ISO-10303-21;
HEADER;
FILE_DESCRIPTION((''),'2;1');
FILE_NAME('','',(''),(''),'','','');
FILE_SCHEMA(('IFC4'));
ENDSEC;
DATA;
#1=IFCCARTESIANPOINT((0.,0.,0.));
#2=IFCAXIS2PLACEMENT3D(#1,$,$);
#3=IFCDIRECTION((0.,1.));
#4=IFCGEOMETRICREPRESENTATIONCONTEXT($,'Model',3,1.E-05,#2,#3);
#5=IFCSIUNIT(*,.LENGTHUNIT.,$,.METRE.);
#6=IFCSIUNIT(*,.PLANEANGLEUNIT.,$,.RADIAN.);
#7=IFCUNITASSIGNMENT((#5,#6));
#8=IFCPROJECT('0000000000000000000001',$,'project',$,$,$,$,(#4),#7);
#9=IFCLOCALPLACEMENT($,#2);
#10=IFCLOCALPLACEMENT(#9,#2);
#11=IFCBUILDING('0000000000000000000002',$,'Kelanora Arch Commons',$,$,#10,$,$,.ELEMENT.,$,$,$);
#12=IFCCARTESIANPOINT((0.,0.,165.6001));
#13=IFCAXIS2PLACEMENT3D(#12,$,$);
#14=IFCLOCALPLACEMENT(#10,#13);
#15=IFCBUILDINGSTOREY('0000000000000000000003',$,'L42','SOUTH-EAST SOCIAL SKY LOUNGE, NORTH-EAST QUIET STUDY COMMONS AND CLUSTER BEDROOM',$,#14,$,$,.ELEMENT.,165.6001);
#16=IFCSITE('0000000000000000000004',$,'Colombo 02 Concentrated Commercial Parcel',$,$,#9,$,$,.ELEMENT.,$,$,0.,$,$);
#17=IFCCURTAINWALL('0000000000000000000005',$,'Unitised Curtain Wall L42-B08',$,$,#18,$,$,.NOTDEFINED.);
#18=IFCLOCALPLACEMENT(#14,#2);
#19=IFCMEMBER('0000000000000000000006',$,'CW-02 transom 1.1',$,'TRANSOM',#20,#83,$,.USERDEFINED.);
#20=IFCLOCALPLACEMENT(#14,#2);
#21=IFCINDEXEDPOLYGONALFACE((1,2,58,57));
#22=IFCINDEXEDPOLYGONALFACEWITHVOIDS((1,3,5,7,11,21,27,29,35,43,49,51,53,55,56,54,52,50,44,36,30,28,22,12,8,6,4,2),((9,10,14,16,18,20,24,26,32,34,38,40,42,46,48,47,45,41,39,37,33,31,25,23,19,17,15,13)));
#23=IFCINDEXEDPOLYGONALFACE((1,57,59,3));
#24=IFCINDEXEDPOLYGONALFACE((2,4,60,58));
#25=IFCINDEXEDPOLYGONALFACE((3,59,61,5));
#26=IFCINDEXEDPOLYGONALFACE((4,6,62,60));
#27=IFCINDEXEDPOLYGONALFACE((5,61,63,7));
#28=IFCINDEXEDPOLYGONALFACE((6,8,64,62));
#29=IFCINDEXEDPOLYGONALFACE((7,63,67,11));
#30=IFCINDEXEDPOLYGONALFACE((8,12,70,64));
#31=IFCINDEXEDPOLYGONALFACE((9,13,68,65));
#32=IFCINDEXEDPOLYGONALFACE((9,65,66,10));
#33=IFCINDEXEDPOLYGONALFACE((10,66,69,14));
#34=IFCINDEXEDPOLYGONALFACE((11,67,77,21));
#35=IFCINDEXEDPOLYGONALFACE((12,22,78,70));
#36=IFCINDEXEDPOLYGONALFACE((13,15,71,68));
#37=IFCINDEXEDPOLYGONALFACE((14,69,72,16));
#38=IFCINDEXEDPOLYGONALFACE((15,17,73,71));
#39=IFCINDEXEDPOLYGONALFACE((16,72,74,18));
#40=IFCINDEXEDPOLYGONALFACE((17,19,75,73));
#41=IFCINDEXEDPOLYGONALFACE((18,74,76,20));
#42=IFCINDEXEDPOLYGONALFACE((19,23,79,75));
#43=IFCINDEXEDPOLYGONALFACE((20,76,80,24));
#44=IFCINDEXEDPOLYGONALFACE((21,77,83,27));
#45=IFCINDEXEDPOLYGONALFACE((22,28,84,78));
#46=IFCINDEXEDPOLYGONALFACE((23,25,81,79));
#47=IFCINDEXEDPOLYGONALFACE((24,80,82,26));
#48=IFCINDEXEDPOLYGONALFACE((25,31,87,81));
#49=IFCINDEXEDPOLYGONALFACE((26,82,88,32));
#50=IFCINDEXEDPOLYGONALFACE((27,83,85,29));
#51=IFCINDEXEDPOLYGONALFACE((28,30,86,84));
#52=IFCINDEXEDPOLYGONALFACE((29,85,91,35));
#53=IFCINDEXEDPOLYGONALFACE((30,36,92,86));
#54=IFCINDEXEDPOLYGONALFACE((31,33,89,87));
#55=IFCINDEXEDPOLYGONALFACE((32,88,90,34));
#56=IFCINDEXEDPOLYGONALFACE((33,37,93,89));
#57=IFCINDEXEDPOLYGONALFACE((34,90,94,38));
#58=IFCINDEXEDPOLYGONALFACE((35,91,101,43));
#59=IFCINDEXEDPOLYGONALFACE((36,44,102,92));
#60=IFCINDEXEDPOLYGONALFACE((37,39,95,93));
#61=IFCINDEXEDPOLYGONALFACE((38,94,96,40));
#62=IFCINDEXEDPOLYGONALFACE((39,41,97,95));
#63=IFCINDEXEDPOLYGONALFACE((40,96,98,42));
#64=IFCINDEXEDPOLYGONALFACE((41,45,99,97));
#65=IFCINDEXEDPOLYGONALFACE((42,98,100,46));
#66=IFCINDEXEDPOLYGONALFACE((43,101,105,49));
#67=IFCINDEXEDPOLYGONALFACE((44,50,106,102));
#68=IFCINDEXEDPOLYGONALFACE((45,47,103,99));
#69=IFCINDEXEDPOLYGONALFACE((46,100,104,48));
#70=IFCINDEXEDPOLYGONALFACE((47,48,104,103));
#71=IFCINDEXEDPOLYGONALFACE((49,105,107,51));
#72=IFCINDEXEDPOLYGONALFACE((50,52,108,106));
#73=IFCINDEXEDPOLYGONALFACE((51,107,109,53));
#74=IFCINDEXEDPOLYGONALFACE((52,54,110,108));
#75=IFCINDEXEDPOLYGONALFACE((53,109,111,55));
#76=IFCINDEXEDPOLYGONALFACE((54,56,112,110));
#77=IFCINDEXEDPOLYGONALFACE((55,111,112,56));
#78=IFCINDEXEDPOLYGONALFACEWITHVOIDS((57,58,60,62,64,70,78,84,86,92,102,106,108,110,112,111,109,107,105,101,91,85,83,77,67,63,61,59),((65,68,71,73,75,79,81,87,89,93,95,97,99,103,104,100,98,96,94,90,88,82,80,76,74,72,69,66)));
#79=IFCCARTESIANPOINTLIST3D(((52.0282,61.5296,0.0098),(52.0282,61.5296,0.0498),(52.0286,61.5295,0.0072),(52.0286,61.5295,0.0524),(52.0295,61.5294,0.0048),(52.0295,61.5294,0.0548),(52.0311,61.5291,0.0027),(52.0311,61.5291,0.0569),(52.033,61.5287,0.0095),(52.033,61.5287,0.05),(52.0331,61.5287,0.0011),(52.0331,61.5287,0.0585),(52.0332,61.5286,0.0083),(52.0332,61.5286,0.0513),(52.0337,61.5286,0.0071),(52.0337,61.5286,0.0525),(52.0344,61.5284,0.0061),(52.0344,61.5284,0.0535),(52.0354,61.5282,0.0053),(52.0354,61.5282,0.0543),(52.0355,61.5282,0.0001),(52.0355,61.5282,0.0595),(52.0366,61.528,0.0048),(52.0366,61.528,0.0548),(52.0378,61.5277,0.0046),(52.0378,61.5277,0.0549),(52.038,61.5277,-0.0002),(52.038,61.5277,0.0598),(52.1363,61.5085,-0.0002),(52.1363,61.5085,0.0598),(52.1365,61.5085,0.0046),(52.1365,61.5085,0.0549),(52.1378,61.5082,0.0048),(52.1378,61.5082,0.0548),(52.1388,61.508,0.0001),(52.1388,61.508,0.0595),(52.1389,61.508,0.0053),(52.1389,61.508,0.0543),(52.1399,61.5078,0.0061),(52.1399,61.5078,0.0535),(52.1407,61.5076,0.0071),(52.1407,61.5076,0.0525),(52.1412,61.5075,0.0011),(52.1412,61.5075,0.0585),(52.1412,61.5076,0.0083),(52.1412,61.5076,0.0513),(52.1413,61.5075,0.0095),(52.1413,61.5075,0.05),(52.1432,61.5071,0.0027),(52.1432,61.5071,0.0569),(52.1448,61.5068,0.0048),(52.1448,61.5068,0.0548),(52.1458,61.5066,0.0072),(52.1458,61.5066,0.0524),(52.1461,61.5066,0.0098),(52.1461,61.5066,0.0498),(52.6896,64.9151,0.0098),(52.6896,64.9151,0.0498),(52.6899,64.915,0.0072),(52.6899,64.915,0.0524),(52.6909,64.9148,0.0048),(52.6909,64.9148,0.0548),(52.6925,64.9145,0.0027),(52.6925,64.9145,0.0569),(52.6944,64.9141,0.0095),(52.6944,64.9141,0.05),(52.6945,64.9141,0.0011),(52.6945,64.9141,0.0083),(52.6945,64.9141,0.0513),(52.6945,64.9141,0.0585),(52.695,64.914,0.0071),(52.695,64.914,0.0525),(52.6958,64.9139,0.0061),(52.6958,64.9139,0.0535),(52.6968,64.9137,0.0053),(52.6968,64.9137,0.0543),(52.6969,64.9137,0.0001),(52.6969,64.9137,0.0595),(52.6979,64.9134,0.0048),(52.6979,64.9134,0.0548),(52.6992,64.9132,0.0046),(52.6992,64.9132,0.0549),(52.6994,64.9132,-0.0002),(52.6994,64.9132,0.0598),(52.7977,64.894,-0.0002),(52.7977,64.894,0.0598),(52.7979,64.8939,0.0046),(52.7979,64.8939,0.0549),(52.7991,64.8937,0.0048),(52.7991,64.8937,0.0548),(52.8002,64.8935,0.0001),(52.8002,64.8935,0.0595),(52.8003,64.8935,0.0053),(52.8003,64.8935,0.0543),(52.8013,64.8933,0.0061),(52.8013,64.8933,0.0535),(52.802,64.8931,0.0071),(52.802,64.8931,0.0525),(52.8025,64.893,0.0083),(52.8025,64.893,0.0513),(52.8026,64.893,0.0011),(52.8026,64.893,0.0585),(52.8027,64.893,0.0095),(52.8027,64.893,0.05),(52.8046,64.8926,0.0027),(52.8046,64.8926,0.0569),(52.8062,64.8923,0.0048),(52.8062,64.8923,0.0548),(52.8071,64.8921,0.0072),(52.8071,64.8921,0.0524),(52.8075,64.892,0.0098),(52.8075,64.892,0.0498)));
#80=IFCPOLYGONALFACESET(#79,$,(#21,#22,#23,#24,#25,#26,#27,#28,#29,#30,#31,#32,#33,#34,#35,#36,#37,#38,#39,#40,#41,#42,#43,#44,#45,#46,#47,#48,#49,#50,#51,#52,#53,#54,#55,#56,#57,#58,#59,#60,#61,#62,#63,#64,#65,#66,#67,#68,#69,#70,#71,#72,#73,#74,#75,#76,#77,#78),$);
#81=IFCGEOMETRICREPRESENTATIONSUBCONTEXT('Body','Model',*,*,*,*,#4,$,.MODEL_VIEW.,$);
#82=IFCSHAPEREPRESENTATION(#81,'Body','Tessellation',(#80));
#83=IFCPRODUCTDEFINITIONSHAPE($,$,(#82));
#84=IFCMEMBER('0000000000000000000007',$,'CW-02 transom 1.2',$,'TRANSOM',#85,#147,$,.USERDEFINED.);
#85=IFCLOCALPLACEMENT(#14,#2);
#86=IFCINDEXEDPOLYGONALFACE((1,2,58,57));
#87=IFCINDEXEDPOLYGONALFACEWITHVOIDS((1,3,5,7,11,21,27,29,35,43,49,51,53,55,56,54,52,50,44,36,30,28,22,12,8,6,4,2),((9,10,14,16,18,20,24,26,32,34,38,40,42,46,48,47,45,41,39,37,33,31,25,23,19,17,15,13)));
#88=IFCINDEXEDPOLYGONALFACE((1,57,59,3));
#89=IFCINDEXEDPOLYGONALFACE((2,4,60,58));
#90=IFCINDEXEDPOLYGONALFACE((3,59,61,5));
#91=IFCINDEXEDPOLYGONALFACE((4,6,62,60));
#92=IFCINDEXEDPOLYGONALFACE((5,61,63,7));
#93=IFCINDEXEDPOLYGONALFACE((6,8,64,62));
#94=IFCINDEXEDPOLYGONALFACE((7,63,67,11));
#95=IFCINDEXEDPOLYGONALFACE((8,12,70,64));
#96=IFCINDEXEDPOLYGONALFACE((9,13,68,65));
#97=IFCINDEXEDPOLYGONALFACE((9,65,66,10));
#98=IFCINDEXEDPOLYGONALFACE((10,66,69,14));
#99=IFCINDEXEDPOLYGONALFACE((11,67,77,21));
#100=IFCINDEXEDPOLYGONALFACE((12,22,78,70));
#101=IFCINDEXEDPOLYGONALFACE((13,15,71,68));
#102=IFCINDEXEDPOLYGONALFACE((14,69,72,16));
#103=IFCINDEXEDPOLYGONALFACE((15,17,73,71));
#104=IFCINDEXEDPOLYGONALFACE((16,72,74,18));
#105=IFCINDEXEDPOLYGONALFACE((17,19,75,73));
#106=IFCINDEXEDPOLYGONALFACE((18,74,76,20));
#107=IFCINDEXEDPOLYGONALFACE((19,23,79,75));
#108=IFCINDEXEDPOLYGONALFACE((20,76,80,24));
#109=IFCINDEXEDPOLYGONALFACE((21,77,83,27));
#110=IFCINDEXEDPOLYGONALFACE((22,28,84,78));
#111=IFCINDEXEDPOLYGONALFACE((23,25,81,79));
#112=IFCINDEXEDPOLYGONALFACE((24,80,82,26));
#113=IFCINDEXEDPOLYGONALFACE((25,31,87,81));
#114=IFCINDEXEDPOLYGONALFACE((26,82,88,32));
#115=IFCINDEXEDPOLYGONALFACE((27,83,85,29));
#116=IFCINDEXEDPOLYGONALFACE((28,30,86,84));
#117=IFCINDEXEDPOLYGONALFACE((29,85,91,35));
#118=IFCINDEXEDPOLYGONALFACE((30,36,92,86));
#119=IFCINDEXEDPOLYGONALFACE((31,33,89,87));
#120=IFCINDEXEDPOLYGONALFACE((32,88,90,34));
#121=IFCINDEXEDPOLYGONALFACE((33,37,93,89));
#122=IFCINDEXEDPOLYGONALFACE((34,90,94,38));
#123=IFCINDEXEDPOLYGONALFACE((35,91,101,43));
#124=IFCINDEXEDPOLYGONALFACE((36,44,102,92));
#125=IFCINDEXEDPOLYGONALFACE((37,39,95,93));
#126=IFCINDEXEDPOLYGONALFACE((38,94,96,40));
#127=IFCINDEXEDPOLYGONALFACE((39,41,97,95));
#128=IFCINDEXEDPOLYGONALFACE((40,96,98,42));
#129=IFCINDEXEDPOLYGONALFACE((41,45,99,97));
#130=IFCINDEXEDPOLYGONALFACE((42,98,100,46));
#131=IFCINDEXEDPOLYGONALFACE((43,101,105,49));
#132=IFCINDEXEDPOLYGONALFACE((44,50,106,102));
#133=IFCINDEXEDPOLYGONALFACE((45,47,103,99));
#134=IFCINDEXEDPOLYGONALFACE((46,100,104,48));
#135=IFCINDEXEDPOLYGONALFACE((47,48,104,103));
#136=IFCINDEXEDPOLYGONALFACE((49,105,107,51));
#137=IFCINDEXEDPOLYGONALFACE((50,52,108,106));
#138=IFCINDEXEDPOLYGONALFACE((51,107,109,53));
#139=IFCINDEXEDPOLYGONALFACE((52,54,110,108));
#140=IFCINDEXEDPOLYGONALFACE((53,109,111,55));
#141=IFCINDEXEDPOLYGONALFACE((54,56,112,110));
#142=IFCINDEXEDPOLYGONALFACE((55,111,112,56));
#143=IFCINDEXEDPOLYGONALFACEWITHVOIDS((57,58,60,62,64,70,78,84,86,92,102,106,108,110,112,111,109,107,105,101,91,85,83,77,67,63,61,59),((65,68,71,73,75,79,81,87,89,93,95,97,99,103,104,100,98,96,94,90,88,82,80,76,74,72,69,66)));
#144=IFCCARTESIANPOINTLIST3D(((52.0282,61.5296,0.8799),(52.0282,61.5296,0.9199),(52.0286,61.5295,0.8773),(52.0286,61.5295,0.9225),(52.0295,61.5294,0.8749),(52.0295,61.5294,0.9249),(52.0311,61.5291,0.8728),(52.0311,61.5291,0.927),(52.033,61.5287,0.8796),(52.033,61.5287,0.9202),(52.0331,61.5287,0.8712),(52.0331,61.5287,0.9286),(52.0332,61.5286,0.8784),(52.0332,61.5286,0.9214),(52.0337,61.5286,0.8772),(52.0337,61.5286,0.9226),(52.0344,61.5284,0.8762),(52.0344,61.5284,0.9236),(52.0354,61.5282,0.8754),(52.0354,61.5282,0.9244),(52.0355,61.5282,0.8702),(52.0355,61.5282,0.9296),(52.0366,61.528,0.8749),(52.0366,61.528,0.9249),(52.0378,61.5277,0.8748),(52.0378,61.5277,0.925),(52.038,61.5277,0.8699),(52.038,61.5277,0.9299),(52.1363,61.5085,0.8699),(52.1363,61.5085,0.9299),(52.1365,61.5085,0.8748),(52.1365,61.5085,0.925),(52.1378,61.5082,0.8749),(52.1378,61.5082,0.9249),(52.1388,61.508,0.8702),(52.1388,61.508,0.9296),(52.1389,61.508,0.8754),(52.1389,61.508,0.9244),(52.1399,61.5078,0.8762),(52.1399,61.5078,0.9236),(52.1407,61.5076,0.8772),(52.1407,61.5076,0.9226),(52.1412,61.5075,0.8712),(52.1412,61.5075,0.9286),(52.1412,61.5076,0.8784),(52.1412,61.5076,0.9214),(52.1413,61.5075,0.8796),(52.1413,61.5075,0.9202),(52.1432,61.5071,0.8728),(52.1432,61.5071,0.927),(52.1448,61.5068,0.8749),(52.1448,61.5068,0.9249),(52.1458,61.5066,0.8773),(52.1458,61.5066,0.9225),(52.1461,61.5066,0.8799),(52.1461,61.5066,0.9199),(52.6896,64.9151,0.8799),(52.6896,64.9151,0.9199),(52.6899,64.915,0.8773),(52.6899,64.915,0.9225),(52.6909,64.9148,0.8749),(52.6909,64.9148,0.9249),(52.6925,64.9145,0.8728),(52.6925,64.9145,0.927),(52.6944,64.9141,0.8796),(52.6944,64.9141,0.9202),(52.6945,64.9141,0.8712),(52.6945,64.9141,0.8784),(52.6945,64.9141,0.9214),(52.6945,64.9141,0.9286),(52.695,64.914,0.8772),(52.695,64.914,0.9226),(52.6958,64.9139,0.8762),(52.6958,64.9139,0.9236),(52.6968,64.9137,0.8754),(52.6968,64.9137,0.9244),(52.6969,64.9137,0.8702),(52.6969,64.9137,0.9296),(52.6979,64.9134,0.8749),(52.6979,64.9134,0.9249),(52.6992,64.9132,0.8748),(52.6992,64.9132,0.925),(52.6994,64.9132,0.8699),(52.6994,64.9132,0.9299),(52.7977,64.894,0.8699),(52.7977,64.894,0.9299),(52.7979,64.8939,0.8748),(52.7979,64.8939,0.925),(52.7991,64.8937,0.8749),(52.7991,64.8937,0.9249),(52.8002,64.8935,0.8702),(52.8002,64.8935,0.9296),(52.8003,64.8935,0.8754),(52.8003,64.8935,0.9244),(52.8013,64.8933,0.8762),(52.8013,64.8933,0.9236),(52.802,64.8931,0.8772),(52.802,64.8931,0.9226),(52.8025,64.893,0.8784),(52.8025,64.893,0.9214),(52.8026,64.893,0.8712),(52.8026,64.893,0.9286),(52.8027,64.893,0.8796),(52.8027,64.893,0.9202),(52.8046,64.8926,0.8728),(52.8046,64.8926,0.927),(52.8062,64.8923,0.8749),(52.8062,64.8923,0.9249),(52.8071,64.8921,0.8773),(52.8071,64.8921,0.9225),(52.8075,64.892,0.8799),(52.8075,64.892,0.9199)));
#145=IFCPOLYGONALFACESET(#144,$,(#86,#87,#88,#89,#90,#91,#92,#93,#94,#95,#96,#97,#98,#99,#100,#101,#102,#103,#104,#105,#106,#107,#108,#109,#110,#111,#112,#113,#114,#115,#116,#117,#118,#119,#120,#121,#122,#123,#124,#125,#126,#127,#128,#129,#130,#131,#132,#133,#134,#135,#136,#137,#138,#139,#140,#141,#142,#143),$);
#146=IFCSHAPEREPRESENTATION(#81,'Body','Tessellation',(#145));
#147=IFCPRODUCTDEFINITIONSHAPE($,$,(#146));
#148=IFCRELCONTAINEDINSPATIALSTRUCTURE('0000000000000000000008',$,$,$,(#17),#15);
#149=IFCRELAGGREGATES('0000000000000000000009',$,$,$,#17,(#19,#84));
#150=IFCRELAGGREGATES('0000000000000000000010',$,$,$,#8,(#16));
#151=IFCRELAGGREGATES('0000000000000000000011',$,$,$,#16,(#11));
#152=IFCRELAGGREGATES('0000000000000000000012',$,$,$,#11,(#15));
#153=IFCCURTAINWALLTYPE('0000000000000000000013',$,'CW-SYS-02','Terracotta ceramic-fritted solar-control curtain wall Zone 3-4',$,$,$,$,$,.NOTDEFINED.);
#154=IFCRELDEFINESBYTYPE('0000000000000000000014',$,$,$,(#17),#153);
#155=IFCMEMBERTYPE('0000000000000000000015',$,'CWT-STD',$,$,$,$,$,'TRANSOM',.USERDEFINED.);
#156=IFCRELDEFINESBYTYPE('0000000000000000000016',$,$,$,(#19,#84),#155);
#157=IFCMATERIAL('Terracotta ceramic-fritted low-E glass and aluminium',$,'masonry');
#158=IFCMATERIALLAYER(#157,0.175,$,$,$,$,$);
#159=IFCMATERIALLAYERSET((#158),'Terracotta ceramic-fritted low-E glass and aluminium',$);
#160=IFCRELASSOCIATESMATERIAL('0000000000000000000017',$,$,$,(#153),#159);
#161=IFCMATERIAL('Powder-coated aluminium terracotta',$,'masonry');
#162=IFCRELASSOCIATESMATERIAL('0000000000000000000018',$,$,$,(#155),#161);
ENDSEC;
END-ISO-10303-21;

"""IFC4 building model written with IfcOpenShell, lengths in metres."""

from ifc_helpers import new_model, si_unit, direction, frame, origin, origin_2d, place, context, subcontext, project, spatial, hollow_rectangle, extrude, material, layer, layer_set, material_profile, profile_set, type_object, element, aggregate, save


model = new_model("IFC4")

# Units and contexts
model_context = context("Model", 3, precision=1e-05, world=origin(), true_north=direction((0.0, 1.0)))
body_context = subcontext(model_context, "Body", "Model", "MODEL_VIEW")
ifc_project = project(units=[si_unit("LENGTHUNIT", "METRE"), si_unit("PLANEANGLEUNIT", "RADIAN")], contexts=[model_context])

# Site, building, storey
site_placement = place(None, origin())
site = spatial("IfcSite", under=ifc_project, at=site_placement, Name="Colombo 02 Concentrated Commercial Parcel", CompositionType="ELEMENT", RefElevation=0.0)
building_placement = place(site_placement, origin())
building = spatial("IfcBuilding", under=site, at=building_placement, Name="Kelanora Arch Commons", CompositionType="ELEMENT")
storey_placement = place(building_placement, frame((0.0, 0.0, 165.6001)))
storey = spatial("IfcBuildingStorey", under=building, at=storey_placement, Name="L42", Description="SOUTH-EAST SOCIAL SKY LOUNGE, NORTH-EAST QUIET STUDY COMMONS AND CLUSTER BEDROOM", CompositionType="ELEMENT", Elevation=165.6001)

# Curtain wall, members
ifc_material_1 = material(Name="Terracotta ceramic-fritted low-E glass and aluminium", Category="masonry")
ifc_layer_1 = layer(ifc_material_1, 0.175)
ifc_layer_set_1 = layer_set([ifc_layer_1], Name="Terracotta ceramic-fritted low-E glass and aluminium")
curtain_wall_type = type_object("IfcCurtainWallType", Name="CW-SYS-02", Description="Terracotta ceramic-fritted solar-control curtain wall Zone 3-4", PredefinedType="NOTDEFINED", material=ifc_layer_set_1)
curtain_wall_placement = place(storey_placement, origin())
curtain_wall = element("IfcCurtainWall", 1, at=curtain_wall_placement, inside=storey, type_object=curtain_wall_type, Name="Unitised Curtain Wall L42-B08", PredefinedType="NOTDEFINED")
ifc_material_2 = material(Name="Powder-coated aluminium terracotta", Category="masonry")
ifc_material_profile_1 = material_profile(ifc_material_2, hollow_rectangle(XDim=0.1201, YDim=0.0601, WallThickness=0.0049, InnerFilletRadius=0.0049, OuterFilletRadius=0.01, at=origin_2d()), Name="CWT120x60")
ifc_profile_set_1 = profile_set([ifc_material_profile_1], Name="Powder-coated aluminium terracotta")
member_type_1 = type_object("IfcMemberType", Name="CWT-STD", ElementType="TRANSOM", PredefinedType="USERDEFINED", material=ifc_profile_set_1)
member_1_placement = place(storey_placement, frame((52.7485, 64.9036, 0.0298), z_axis=(-0.191732, -0.981447, 0.0), x_axis=(0.981447, -0.191732, 0.0)))
member_1 = element("IfcMember", 2, at=member_1_placement, type_object=member_type_1, Name="CW-02 transom 1.1", ObjectType="TRANSOM", PredefinedType="USERDEFINED", context=body_context, shape_type="SweptSolid", body=[
    extrude(hollow_rectangle(XDim=0.1201, YDim=0.0601, WallThickness=0.0049, InnerFilletRadius=0.0049, OuterFilletRadius=0.01, at=origin_2d()), origin(), (0.0, 0.0, 1.0), 3.4495),
])
member_2_placement = place(storey_placement, frame((52.7485, 64.9036, 0.8999), z_axis=(-0.191732, -0.981447, 0.0), x_axis=(0.981447, -0.191732, 0.0)))
member_2 = element("IfcMember", 3, at=member_2_placement, type_object=member_type_1, Name="CW-02 transom 1.2", ObjectType="TRANSOM", PredefinedType="USERDEFINED", context=body_context, shape_type="SweptSolid", body=[
    extrude(hollow_rectangle(XDim=0.1201, YDim=0.0601, WallThickness=0.0049, InnerFilletRadius=0.0049, OuterFilletRadius=0.01, at=origin_2d()), origin(), (0.0, 0.0, 1.0), 3.4495),
])
aggregate(curtain_wall, [member_1, member_2])

save(model, "model.ifc")
